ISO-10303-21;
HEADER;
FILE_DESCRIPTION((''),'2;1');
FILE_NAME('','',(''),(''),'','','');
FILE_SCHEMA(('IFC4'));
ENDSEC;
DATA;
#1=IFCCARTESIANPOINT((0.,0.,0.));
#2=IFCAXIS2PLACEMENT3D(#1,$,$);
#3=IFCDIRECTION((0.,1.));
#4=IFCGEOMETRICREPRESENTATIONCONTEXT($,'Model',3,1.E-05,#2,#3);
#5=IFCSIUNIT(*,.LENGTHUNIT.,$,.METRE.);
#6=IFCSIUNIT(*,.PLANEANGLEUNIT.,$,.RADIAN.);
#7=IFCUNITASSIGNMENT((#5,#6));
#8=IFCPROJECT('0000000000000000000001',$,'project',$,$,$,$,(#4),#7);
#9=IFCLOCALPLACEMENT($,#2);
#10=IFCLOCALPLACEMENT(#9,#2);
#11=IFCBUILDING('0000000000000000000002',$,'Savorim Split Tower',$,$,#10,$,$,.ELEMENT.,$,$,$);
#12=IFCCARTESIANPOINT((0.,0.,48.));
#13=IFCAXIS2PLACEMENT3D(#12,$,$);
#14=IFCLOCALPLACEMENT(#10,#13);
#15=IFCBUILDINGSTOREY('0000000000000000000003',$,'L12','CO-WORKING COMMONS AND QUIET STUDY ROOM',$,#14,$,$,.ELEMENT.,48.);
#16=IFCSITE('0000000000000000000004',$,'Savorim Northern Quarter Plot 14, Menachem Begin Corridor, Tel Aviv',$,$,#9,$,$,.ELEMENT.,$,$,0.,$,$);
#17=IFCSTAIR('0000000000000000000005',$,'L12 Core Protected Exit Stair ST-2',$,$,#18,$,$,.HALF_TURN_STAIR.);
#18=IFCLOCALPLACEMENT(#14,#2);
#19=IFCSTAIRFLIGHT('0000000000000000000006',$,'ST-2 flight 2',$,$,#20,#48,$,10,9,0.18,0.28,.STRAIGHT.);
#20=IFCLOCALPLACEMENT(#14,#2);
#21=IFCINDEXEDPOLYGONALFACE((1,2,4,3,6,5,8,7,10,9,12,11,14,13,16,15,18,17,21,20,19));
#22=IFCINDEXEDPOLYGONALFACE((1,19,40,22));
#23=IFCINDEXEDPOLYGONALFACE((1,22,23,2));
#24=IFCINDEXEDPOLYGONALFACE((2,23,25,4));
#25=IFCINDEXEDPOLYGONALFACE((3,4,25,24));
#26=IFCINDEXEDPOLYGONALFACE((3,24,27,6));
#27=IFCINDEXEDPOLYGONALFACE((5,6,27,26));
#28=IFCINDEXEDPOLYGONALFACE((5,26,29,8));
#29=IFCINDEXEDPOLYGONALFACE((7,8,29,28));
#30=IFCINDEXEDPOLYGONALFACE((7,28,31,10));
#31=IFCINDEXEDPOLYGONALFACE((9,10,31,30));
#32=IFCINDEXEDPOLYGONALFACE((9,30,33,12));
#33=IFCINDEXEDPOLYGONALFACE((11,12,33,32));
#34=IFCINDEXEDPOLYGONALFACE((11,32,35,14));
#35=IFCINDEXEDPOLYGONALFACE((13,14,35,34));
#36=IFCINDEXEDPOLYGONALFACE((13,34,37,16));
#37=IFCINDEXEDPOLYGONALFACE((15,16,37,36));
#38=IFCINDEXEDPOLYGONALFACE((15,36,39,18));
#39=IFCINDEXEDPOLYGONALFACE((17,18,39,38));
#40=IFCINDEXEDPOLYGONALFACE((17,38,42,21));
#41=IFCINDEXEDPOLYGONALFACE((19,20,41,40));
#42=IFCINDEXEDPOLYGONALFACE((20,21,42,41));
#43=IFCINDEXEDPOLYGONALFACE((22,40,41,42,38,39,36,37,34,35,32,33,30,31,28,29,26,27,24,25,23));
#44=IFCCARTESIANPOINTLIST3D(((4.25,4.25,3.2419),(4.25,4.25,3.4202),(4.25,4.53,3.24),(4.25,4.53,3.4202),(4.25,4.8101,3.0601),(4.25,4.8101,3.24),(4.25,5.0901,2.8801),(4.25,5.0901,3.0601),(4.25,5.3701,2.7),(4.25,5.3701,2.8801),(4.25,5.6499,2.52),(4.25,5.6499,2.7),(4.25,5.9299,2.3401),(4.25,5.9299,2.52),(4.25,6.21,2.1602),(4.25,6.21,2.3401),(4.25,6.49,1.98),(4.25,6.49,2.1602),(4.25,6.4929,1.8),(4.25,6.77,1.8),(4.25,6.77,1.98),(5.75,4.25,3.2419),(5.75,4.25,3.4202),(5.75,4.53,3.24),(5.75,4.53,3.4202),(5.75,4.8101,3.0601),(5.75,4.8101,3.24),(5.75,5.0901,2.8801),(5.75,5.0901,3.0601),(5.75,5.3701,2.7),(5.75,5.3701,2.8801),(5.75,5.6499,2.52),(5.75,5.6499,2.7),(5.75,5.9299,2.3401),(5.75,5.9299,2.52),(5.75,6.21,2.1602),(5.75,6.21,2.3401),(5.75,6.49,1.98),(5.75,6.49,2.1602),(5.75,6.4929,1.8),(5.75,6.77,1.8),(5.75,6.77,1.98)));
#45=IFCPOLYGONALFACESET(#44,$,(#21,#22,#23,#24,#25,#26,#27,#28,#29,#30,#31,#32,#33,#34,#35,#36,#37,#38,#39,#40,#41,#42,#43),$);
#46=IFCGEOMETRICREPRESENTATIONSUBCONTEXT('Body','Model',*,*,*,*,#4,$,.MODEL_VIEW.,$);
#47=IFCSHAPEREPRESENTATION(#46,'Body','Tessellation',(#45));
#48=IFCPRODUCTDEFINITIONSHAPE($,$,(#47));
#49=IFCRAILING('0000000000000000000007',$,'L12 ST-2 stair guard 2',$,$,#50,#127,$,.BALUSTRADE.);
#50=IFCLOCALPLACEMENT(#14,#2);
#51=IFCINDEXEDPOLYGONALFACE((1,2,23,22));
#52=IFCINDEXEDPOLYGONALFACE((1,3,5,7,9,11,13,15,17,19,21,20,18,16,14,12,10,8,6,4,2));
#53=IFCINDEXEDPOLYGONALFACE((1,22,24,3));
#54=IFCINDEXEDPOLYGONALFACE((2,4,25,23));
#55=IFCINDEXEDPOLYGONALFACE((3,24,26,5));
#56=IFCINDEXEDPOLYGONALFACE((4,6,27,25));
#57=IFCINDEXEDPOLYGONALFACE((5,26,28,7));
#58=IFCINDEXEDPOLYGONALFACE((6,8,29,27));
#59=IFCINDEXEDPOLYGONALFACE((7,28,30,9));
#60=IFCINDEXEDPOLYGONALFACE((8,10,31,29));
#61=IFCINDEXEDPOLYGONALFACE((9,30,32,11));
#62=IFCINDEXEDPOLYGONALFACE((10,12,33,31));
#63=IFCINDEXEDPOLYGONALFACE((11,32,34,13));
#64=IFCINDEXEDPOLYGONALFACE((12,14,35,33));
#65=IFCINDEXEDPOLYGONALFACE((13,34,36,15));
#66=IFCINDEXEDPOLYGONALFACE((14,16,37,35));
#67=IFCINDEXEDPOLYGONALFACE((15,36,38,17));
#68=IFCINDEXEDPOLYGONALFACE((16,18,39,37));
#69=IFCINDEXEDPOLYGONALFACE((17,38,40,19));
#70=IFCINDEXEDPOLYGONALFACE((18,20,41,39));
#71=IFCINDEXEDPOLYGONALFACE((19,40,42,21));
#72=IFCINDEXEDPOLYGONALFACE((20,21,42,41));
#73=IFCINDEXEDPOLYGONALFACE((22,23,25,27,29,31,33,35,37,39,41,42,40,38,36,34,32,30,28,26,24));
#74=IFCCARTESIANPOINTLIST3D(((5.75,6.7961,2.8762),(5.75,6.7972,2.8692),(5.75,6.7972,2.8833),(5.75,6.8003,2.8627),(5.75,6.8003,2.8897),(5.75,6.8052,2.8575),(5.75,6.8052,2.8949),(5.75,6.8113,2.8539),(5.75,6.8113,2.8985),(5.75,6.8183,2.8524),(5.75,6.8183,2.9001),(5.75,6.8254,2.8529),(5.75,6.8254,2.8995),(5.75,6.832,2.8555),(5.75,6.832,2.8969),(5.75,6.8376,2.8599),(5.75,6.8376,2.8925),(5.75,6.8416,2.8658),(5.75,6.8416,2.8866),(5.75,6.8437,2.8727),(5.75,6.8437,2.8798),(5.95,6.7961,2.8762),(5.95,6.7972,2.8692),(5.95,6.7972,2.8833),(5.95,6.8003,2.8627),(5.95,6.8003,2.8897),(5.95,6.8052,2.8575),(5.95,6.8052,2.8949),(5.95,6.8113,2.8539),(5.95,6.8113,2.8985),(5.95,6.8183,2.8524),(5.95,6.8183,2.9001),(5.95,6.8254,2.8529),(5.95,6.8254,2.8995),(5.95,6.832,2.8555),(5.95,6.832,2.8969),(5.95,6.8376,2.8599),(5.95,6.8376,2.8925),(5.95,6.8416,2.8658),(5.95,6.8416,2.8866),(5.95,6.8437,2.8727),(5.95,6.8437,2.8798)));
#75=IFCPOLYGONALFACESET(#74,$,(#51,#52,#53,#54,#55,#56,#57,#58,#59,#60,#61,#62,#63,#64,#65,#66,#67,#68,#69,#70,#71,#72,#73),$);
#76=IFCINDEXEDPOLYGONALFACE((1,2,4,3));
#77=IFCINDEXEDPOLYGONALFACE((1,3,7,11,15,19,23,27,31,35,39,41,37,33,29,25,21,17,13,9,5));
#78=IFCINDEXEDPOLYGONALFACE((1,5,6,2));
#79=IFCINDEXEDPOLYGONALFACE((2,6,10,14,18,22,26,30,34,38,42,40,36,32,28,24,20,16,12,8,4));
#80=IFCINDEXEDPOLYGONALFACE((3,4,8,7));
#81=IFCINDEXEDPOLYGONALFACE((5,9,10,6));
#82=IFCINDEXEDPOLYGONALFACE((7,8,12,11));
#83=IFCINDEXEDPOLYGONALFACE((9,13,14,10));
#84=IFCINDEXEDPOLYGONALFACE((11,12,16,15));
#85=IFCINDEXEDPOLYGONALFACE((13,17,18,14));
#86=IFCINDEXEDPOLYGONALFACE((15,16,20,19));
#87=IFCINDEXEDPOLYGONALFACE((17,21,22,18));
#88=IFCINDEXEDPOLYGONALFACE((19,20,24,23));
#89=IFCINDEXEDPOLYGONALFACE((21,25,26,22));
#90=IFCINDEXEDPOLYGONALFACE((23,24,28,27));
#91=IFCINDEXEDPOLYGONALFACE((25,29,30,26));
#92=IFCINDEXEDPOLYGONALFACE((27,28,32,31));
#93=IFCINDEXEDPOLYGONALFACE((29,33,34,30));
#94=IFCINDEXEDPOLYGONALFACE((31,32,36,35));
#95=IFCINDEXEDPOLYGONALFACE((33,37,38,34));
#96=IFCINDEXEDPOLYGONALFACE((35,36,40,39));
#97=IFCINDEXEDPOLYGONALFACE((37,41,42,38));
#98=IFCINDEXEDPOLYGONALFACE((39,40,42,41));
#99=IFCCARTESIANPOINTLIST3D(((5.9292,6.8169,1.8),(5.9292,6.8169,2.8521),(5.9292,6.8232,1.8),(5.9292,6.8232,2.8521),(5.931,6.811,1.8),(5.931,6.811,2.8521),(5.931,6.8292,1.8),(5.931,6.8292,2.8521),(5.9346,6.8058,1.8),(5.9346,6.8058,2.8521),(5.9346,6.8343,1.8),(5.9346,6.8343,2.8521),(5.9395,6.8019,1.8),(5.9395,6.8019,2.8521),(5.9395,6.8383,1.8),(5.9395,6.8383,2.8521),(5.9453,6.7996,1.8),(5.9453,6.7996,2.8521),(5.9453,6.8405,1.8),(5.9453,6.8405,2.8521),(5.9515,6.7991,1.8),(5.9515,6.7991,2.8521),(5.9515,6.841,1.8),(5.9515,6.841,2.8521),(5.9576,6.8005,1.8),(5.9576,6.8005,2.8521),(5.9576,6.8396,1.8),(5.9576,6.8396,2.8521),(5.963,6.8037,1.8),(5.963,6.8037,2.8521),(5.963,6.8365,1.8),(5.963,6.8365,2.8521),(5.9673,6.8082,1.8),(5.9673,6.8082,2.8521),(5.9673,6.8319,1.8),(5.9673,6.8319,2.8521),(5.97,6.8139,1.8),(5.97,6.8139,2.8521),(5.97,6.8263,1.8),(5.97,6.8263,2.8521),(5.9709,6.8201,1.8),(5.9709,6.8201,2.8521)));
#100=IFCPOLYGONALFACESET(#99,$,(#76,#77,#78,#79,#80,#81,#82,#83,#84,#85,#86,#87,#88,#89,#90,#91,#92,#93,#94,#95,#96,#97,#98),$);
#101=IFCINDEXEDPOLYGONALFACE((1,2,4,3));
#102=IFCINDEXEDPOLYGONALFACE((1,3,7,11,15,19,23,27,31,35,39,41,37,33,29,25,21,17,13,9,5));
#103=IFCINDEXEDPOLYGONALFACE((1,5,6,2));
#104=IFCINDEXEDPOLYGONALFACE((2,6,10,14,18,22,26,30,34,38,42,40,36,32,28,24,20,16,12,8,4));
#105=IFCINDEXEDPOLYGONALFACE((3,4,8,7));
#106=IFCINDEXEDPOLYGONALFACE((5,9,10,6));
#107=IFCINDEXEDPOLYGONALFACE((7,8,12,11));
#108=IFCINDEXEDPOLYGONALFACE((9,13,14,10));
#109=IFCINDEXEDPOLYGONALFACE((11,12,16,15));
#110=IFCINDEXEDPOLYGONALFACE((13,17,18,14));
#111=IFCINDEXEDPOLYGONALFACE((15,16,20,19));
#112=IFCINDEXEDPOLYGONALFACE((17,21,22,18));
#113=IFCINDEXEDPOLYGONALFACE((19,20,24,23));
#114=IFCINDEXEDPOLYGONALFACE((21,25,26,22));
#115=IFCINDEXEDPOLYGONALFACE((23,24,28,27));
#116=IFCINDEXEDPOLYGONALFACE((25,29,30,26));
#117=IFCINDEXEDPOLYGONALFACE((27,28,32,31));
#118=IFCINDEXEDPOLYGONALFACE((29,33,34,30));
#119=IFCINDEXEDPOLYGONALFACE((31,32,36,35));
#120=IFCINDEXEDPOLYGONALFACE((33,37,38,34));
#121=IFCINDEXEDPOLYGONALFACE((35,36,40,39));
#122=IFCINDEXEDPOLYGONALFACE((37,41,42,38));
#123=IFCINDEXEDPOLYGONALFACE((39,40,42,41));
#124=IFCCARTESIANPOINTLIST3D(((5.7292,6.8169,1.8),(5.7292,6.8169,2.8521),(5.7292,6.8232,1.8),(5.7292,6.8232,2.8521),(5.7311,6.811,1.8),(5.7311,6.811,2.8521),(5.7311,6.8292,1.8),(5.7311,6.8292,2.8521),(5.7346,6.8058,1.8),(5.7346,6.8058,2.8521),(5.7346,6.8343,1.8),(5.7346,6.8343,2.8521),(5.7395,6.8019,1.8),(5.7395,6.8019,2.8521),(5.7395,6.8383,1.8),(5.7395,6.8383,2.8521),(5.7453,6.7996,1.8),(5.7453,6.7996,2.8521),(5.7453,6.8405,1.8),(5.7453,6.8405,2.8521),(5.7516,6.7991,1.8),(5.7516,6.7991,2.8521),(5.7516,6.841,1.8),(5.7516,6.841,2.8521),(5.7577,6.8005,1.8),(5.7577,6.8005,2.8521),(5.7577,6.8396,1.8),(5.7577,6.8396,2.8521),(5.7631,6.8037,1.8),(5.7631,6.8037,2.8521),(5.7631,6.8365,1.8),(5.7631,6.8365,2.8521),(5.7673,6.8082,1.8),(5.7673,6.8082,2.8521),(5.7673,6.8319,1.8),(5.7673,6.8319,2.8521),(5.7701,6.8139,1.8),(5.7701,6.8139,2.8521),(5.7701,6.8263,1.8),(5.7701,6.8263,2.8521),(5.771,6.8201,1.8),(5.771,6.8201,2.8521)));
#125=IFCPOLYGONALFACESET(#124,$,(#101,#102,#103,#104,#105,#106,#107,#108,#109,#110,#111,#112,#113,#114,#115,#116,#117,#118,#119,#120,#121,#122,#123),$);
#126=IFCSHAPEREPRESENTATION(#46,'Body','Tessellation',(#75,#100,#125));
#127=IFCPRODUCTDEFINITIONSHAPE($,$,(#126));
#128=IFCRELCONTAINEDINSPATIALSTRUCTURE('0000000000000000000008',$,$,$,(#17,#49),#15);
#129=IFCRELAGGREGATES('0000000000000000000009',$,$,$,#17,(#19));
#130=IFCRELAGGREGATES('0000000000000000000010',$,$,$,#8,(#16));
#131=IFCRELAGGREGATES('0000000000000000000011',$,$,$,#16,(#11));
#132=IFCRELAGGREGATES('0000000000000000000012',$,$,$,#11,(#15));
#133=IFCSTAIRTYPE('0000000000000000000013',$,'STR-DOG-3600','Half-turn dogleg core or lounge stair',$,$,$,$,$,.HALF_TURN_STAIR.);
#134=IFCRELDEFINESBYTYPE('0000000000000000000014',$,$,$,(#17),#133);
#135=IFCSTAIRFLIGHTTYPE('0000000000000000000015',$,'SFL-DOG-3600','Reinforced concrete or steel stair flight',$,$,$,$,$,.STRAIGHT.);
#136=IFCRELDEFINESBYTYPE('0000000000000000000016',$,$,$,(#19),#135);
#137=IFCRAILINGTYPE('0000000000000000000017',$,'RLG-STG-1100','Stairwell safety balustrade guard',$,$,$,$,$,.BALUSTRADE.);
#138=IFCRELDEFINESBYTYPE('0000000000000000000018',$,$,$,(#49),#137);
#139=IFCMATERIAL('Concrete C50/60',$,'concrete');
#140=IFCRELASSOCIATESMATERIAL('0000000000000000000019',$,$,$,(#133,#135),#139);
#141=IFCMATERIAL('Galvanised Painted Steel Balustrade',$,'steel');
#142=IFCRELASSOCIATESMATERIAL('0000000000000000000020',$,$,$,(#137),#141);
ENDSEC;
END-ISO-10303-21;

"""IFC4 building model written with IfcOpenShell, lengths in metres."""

from ifc_helpers import new_model, si_unit, direction, frame, origin, origin_2d, place, context, subcontext, project, spatial, polyline, circle, outline, extrude, material, type_object, element, aggregate, save


model = new_model("IFC4")

# Units and contexts
model_context = context("Model", 3, precision=1e-05, world=origin(), true_north=direction((0.0, 1.0)))
body_context = subcontext(model_context, "Body", "Model", "MODEL_VIEW")
ifc_project = project(units=[si_unit("LENGTHUNIT", "METRE"), si_unit("PLANEANGLEUNIT", "RADIAN")], contexts=[model_context])

# Site, building, storey
site_placement = place(None, origin())
site = spatial("IfcSite", under=ifc_project, at=site_placement, Name="Savorim Northern Quarter Plot 14, Menachem Begin Corridor, Tel Aviv", CompositionType="ELEMENT", RefElevation=0.0)
building_placement = place(site_placement, origin())
building = spatial("IfcBuilding", under=site, at=building_placement, Name="Savorim Split Tower", CompositionType="ELEMENT")
storey_placement = place(building_placement, frame((0.0, 0.0, 48.0)))
storey = spatial("IfcBuildingStorey", under=building, at=storey_placement, Name="L12", Description="CO-WORKING COMMONS AND QUIET STUDY ROOM", CompositionType="ELEMENT", Elevation=48.0)

# Stair, stair flight
ifc_material_1 = material(Name="Concrete C50/60", Category="concrete")
stair_type = type_object("IfcStairType", Name="STR-DOG-3600", Description="Half-turn dogleg core or lounge stair", PredefinedType="HALF_TURN_STAIR", material=ifc_material_1)
stair_placement = place(storey_placement, origin())
stair = element("IfcStair", 1, at=stair_placement, inside=storey, type_object=stair_type, Name="L12 Core Protected Exit Stair ST-2", PredefinedType="HALF_TURN_STAIR")
stair_flight_type = type_object("IfcStairFlightType", Name="SFL-DOG-3600", Description="Reinforced concrete or steel stair flight", PredefinedType="STRAIGHT", material=ifc_material_1)
stair_flight_placement = place(storey_placement, frame((5.0, 6.77, 1.8), z_axis=(0.0, 0.0, 1.0), x_axis=(0.0, -1.0, 0.0)))
stair_flight = element("IfcStairFlight", 2, at=stair_flight_placement, type_object=stair_flight_type, Name="ST-2 flight 2", NumberOfRisers=10, NumberOfTreads=9, PredefinedType="STRAIGHT", RiserHeight=0.18, TreadLength=0.28, context=body_context, shape_type="SweptSolid", body=[
    extrude(outline(polyline([(0.0, 0.0), (0.0, 0.1799), (0.28, 0.1799), (0.28, 0.3601), (0.5601, 0.3601), (0.5601, 0.54), (0.8401, 0.54), (0.8401, 0.72), (1.1201, 0.72), (1.1201, 0.8999), (1.3999, 0.8999), (1.3999, 1.0801), (1.6799, 1.0801), (1.6799, 1.26), (1.96, 1.26), (1.96, 1.4399), (2.24, 1.4399), (2.24, 1.6201), (2.52, 1.6201), (2.52, 1.8), (2.52, 1.4419), (0.2771, 0.0), (0.0, 0.0)])), frame((0.0, 0.75, 0.0), z_axis=(0.0, -1.0, 0.0), x_axis=(1.0, 0.0, 0.0)), (0.0, 0.0, 1.0), 1.5),
])
aggregate(stair, [stair_flight])

# Railing
ifc_material_2 = material(Name="Galvanised Painted Steel Balustrade", Category="steel")
railing_type = type_object("IfcRailingType", Name="RLG-STG-1100", Description="Stairwell safety balustrade guard", PredefinedType="BALUSTRADE", material=ifc_material_2)
railing_1_placement = place(storey_placement, frame((5.95, 6.8201, 1.8)))
element("IfcRailing", 3, at=railing_1_placement, inside=storey, type_object=railing_type, Name="L12 ST-2 stair guard 2", PredefinedType="BALUSTRADE", context=body_context, shape_type="SweptSolid", body=[
    extrude(circle(Radius=0.0239, at=origin_2d()), frame((0.0, 0.0, 1.0762), z_axis=(-1.0, 0.0, 0.0), x_axis=(0.0, -1.0, 0.0)), (0.0, 0.0, 1.0), 0.2),
    extrude(circle(Radius=0.021, at=origin_2d()), origin(), (0.0, 0.0, 1.0), 1.052),
    extrude(circle(Radius=0.021, at=origin_2d()), frame((-0.2, 0.0, 0.0)), (0.0, 0.0, 1.0), 1.052),
])

save(model, "model.ifc")
